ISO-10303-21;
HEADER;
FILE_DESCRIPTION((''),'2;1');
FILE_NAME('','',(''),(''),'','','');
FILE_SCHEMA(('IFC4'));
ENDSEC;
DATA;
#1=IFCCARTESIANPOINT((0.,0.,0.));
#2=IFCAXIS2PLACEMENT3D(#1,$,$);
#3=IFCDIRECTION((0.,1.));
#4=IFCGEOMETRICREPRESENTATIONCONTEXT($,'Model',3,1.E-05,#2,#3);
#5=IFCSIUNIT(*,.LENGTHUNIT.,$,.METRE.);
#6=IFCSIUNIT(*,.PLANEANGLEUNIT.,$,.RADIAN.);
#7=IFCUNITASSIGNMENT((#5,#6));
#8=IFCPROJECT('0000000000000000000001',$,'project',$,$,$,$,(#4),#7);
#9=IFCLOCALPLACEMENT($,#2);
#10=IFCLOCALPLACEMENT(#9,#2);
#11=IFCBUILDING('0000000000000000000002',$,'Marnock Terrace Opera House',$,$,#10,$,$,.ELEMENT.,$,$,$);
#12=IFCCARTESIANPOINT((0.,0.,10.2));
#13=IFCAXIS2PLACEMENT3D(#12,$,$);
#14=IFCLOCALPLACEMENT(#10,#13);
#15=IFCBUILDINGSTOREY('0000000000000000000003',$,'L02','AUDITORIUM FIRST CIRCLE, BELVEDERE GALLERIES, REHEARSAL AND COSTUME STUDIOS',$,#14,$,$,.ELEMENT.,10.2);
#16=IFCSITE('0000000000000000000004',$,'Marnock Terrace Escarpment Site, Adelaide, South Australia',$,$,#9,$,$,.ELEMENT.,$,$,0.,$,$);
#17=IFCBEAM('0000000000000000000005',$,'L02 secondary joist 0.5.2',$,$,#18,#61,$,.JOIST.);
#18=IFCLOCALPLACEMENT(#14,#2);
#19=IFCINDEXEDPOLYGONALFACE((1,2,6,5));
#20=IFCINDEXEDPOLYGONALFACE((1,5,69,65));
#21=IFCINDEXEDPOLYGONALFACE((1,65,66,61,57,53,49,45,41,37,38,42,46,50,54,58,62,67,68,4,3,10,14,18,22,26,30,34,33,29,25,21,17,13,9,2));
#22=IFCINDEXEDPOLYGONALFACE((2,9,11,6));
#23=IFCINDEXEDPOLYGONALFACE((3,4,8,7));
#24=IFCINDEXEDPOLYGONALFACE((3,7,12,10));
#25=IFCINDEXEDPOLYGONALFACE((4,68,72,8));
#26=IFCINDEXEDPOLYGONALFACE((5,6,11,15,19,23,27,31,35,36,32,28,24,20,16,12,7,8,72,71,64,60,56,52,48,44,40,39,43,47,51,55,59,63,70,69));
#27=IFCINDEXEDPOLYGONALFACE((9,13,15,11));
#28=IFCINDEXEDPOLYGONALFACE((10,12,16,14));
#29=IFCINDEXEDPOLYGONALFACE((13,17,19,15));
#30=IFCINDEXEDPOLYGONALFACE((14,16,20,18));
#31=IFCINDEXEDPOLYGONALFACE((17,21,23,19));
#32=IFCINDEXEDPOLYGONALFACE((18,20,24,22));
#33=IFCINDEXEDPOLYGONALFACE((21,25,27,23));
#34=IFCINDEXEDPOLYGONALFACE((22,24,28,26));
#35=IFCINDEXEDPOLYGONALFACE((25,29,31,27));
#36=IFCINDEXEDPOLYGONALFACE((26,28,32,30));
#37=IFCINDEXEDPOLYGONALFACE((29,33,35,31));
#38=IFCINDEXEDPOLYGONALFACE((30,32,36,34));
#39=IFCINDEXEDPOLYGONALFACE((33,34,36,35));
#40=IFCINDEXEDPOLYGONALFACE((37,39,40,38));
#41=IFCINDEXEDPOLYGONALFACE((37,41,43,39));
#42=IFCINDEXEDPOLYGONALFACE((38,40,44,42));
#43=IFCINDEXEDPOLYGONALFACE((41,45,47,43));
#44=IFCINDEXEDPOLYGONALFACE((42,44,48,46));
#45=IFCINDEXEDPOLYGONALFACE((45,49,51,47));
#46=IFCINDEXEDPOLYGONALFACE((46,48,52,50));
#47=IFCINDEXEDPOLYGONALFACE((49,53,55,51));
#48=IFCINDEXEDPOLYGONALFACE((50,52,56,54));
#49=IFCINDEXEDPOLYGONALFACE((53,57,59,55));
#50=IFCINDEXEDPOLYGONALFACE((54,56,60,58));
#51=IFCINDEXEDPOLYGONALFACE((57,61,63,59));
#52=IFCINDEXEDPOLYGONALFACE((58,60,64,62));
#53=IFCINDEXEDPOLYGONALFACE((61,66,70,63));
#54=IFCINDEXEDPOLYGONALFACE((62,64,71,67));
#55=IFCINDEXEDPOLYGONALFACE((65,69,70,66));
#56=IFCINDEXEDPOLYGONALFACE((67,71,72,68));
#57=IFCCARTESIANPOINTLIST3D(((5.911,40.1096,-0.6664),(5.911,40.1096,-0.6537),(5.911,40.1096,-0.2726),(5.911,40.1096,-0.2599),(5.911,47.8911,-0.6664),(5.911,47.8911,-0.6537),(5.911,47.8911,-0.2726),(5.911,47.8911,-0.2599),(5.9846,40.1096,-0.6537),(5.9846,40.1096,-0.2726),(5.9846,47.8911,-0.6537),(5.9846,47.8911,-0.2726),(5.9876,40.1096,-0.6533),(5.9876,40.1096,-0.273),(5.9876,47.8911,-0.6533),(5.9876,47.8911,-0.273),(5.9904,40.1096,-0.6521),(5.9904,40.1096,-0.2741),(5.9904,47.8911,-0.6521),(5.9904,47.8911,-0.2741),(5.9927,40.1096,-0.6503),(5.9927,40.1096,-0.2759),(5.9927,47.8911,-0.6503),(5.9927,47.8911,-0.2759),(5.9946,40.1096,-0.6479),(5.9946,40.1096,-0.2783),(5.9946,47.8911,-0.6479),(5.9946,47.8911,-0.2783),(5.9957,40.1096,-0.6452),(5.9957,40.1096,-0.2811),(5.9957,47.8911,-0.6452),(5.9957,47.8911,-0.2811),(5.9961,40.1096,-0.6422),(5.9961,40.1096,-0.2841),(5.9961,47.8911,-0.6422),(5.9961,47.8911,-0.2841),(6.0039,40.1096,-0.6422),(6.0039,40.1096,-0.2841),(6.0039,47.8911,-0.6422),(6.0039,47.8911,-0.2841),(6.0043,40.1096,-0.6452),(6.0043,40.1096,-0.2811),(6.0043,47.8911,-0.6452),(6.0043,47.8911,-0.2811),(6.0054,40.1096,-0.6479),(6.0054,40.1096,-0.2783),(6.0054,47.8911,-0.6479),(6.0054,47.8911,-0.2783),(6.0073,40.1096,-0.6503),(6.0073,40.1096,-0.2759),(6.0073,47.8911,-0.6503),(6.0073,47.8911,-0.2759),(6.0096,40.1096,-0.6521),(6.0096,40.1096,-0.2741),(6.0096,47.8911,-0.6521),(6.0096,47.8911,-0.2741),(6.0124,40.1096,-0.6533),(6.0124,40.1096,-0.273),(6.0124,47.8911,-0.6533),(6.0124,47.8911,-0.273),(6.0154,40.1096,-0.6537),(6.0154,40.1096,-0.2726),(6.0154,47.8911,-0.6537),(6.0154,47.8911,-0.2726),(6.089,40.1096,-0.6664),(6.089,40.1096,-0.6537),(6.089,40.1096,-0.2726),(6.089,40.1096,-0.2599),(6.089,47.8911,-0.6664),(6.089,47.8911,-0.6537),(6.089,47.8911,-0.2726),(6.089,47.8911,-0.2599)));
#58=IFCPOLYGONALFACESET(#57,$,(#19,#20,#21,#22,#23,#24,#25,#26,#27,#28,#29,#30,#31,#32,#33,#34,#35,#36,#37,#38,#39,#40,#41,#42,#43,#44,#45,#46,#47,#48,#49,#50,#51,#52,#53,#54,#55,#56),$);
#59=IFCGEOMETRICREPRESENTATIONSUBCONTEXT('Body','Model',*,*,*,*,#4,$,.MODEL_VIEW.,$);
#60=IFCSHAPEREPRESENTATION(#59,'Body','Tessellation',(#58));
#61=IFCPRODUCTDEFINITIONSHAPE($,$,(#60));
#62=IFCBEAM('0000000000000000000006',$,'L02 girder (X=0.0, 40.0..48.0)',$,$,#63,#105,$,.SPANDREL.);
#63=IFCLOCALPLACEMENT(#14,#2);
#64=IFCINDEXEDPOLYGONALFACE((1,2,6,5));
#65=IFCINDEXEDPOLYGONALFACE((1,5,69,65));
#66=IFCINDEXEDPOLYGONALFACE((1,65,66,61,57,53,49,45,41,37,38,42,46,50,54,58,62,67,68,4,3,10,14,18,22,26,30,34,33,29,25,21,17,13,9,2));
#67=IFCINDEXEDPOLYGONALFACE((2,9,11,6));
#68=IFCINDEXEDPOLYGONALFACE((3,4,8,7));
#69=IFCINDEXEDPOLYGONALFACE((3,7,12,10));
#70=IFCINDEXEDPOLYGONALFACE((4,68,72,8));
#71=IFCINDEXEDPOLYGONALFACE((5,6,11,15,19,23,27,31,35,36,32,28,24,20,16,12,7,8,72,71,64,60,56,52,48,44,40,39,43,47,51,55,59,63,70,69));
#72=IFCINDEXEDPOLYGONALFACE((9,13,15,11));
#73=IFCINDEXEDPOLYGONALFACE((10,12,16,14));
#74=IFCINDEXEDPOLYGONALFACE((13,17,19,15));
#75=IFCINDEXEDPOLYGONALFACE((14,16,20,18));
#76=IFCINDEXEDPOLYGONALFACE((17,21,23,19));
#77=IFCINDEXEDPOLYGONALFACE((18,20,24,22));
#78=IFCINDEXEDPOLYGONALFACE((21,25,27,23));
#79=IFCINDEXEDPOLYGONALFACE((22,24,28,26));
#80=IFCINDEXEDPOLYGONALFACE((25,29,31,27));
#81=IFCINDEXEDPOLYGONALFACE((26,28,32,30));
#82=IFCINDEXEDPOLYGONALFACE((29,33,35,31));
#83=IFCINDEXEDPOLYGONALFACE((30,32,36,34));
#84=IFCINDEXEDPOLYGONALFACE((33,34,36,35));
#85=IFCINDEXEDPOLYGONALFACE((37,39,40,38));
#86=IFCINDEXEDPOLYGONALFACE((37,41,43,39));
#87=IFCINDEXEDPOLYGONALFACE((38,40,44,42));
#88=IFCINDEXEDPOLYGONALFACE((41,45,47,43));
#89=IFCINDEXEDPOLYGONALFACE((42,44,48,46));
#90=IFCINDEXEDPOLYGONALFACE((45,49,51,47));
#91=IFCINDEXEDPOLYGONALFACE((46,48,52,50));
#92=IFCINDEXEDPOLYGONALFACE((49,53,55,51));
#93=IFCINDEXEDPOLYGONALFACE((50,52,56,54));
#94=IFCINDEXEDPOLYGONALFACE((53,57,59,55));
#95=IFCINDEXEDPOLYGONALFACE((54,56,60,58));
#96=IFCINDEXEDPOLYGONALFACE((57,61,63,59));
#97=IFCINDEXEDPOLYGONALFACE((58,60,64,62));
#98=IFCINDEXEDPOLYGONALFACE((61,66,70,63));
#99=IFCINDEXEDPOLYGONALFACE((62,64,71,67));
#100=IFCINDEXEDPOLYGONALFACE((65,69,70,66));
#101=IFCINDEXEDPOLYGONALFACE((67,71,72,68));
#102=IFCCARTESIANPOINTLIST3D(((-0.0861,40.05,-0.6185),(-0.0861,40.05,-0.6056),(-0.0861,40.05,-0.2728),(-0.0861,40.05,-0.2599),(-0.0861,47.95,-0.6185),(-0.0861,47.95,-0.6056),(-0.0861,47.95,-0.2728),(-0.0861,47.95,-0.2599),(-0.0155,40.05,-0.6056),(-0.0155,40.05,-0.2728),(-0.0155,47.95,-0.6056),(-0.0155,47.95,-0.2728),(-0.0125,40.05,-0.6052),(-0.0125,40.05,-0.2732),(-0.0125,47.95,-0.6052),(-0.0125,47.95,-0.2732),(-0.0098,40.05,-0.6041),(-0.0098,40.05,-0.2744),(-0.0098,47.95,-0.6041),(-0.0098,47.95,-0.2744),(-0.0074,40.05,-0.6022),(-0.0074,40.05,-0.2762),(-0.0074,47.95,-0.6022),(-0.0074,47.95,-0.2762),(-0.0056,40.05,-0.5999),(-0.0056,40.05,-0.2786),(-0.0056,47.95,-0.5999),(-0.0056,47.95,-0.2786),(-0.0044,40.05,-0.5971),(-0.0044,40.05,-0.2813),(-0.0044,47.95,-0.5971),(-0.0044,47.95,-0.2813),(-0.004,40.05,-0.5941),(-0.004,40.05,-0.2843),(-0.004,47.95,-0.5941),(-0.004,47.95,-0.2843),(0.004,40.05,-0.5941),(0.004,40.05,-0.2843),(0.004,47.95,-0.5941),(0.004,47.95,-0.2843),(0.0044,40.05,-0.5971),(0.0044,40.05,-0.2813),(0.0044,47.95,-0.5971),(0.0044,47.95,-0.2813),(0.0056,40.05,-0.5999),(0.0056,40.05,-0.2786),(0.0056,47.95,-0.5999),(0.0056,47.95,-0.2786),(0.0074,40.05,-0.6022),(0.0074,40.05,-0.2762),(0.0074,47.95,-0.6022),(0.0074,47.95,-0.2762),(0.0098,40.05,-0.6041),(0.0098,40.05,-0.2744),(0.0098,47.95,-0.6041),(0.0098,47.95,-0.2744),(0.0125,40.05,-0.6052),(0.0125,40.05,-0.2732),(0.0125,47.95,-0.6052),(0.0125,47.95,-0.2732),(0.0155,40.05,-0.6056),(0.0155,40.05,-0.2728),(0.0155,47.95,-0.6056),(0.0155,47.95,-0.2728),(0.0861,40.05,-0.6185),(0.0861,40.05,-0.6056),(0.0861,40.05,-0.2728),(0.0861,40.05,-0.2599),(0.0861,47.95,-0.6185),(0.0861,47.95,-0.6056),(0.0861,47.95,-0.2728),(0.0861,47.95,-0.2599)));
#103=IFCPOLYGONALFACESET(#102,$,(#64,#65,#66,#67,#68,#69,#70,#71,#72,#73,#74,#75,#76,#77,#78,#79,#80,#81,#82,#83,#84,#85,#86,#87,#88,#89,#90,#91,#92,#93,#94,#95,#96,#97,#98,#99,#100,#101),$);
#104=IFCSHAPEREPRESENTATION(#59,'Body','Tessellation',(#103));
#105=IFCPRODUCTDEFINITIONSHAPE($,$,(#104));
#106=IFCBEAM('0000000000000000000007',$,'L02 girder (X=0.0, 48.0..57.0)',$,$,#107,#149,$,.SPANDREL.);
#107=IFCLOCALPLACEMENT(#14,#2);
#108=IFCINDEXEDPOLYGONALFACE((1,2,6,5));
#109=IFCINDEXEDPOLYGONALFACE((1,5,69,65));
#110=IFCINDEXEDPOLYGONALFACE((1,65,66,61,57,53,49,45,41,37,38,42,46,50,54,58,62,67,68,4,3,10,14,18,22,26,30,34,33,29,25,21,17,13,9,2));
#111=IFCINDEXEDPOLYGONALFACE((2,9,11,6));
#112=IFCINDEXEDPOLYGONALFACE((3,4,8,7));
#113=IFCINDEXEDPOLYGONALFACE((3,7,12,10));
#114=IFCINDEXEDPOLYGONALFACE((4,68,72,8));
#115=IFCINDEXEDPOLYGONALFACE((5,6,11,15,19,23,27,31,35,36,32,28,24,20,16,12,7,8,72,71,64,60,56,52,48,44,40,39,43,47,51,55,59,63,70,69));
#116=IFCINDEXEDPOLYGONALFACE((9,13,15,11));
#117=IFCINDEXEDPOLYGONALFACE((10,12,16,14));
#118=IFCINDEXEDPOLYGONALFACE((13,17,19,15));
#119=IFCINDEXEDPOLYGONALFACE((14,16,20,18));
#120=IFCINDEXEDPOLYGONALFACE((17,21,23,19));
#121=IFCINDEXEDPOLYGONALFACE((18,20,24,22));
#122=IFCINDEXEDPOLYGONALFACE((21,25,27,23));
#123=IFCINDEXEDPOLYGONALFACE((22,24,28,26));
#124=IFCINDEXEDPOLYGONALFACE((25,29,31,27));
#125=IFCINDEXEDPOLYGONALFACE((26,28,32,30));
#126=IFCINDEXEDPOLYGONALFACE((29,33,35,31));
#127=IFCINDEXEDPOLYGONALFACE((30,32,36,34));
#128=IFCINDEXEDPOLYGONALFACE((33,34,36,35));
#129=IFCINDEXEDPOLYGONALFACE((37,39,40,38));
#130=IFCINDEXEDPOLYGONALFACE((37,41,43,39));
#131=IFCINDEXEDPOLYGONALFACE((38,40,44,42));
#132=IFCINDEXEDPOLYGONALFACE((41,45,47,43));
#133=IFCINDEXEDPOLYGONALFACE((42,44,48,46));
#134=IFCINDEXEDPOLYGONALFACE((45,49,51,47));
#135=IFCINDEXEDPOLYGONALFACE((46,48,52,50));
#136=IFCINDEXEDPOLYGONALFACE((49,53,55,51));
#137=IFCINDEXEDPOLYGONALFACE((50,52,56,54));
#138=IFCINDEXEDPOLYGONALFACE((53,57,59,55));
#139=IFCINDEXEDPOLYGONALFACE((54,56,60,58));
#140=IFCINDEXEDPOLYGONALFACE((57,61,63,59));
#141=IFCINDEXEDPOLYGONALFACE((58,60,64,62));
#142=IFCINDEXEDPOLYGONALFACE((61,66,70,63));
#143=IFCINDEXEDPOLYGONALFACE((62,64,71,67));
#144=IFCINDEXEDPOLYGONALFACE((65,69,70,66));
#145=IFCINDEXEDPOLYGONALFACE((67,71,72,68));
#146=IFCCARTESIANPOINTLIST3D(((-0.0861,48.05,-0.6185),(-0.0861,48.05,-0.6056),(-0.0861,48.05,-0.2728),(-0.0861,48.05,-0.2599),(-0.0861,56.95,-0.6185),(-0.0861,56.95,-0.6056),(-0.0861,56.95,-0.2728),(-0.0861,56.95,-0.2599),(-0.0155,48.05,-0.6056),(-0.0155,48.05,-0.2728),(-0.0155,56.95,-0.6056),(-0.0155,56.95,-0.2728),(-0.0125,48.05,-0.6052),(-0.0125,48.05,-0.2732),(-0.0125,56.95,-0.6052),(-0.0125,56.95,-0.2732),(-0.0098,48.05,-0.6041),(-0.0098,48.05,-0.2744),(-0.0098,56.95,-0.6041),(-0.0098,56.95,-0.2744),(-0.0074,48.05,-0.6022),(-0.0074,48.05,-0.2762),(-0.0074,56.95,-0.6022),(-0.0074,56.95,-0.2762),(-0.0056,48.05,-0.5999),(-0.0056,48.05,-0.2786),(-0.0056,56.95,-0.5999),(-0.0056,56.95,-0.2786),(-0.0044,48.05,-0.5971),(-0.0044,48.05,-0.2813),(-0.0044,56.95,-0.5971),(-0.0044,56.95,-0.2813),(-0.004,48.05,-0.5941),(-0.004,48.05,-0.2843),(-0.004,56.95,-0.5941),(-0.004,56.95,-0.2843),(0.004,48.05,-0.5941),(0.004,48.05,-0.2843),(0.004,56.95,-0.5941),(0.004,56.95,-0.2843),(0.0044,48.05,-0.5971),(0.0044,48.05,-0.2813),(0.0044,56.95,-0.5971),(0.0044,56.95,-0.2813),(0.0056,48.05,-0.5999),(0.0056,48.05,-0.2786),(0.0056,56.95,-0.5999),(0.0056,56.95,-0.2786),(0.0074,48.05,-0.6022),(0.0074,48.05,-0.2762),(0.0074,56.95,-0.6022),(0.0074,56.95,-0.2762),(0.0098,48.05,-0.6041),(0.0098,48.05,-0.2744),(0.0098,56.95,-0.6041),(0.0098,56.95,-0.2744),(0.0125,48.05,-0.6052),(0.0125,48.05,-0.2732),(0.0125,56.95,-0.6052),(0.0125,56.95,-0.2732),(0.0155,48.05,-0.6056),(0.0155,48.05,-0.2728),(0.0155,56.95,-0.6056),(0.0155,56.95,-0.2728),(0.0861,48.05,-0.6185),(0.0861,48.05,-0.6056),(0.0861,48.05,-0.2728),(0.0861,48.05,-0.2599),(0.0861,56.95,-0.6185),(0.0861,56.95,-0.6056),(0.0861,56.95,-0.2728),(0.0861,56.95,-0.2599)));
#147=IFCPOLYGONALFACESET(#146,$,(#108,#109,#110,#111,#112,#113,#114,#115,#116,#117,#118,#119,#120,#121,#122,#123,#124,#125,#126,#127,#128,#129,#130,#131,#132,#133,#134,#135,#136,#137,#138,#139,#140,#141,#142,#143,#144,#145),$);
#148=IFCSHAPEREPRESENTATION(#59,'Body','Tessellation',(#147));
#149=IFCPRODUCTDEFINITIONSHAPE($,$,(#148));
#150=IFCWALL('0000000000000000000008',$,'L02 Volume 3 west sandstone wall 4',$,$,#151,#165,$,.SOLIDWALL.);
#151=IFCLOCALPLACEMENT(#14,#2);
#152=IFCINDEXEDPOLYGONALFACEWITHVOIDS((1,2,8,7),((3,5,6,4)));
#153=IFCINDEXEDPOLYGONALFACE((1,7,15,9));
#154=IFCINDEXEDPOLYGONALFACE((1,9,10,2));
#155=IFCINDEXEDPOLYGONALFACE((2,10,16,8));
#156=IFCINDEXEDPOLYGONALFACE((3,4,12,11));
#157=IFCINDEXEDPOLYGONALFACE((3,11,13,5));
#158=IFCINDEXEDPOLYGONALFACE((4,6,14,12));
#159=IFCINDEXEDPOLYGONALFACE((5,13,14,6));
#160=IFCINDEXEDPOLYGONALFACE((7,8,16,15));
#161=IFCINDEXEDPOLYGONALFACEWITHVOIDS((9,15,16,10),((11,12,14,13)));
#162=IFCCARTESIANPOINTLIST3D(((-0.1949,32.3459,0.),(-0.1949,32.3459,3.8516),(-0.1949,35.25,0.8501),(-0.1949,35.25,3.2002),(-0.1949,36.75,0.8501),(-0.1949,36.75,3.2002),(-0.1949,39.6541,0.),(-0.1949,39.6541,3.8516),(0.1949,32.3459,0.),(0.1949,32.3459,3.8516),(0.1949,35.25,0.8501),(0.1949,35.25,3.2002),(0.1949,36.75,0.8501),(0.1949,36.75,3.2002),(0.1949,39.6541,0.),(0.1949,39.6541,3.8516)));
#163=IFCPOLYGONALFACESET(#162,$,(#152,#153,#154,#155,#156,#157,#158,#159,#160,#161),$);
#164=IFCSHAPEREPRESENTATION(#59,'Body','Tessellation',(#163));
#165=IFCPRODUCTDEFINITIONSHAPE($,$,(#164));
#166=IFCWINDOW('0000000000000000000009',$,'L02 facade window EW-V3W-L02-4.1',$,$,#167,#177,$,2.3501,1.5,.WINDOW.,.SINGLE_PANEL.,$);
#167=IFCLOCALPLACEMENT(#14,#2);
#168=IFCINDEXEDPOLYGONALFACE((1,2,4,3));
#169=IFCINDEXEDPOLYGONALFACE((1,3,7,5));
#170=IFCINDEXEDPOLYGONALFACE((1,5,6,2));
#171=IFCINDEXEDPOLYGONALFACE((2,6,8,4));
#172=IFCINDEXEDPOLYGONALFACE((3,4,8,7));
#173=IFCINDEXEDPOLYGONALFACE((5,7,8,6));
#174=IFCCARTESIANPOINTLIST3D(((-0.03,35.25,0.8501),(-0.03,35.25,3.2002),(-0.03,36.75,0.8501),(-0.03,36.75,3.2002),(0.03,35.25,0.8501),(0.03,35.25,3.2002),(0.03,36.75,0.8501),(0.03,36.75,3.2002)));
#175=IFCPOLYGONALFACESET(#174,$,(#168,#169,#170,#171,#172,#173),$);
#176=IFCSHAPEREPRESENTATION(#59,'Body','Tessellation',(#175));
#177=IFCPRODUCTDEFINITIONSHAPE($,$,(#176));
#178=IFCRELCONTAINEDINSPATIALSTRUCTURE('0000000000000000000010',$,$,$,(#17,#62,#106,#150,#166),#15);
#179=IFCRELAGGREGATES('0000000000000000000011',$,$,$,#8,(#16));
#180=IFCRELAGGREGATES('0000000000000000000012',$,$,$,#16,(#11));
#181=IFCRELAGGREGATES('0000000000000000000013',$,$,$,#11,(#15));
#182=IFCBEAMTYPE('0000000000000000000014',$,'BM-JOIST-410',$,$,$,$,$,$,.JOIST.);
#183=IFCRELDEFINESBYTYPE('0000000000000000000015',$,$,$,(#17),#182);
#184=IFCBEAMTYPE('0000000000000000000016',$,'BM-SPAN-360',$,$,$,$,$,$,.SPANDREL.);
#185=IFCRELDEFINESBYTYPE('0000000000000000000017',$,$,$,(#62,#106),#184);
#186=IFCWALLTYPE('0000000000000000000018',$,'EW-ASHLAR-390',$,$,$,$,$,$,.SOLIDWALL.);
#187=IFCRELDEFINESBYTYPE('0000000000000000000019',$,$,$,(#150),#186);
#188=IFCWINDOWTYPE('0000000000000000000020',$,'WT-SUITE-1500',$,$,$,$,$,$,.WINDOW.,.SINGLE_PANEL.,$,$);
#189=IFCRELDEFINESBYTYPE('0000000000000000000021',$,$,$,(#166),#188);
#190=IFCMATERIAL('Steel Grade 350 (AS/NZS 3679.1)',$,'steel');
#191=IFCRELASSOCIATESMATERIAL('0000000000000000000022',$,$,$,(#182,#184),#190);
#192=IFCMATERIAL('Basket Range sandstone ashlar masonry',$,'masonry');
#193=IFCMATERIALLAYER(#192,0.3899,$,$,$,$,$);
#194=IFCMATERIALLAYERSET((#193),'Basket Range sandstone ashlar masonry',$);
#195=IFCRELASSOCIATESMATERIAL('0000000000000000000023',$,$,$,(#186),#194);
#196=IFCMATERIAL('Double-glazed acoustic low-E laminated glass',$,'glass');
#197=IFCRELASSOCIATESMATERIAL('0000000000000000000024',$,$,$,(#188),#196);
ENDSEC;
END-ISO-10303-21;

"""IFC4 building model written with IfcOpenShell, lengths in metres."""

from ifc_helpers import new_model, si_unit, direction, frame, frame_2d, origin, origin_2d, place, context, subcontext, project, spatial, rectangle, i_section, extrude, material, layer, layer_set, material_profile, profile_set, type_object, element, fill, save


model = new_model("IFC4")

# Units and contexts
model_context = context("Model", 3, precision=1e-05, world=origin(), true_north=direction((0.0, 1.0)))
body_context = subcontext(model_context, "Body", "Model", "MODEL_VIEW")
ifc_project = project(units=[si_unit("LENGTHUNIT", "METRE"), si_unit("PLANEANGLEUNIT", "RADIAN")], contexts=[model_context])

# Site, building, storey
site_placement = place(None, origin())
site = spatial("IfcSite", under=ifc_project, at=site_placement, Name="Marnock Terrace Escarpment Site, Adelaide, South Australia", CompositionType="ELEMENT", RefElevation=0.0)
building_placement = place(site_placement, origin())
building = spatial("IfcBuilding", under=site, at=building_placement, Name="Marnock Terrace Opera House", CompositionType="ELEMENT")
storey_placement = place(building_placement, frame((0.0, 0.0, 10.2)))
storey = spatial("IfcBuildingStorey", under=building, at=storey_placement, Name="L02", Description="AUDITORIUM FIRST CIRCLE, BELVEDERE GALLERIES, REHEARSAL AND COSTUME STUDIOS", CompositionType="ELEMENT", Elevation=10.2)

# Beams
ifc_material_1 = material(Name="Steel Grade 350 (AS/NZS 3679.1)", Category="steel")
ifc_material_profile_1 = material_profile(ifc_material_1, i_section(OverallWidth=0.178, OverallDepth=0.4065, WebThickness=0.0078, FlangeThickness=0.0127, FilletRadius=0.0115, at=origin_2d()))
ifc_profile_set_1 = profile_set([ifc_material_profile_1], Name="Steel Grade 350 (AS/NZS 3679.1)")
beam_type_1 = type_object("IfcBeamType", Name="BM-JOIST-410", PredefinedType="JOIST", material=ifc_profile_set_1)
for number, where, z_axis, x_axis, name in (
    (1, (6.0, 40.1096, -0.4631), (0.0, 1.0, 0.0), (-1.0, 0.0, 0.0), "L02 secondary joist 0.5.2"),
):
    element("IfcBeam", number, at=place(storey_placement, frame(where, z_axis=z_axis, x_axis=x_axis)), inside=storey, type_object=beam_type_1, Name=name, PredefinedType="JOIST", context=body_context, shape_type="SweptSolid", body=[
        extrude(i_section(OverallWidth=0.178, OverallDepth=0.4065, WebThickness=0.0078, FlangeThickness=0.0127, FilletRadius=0.0115, at=origin_2d()), origin(), (0.0, 0.0, 1.0), 7.7815),
    ])
ifc_material_profile_2 = material_profile(ifc_material_1, i_section(OverallWidth=0.1721, OverallDepth=0.3586, WebThickness=0.0081, FlangeThickness=0.0129, FilletRadius=0.0115, at=origin_2d()))
ifc_profile_set_2 = profile_set([ifc_material_profile_2], Name="Steel Grade 350 (AS/NZS 3679.1)")
beam_type_2 = type_object("IfcBeamType", Name="BM-SPAN-360", PredefinedType="SPANDREL", material=ifc_profile_set_2)
beam_1_placement = place(storey_placement, frame((0.0, 40.05, -0.4392), z_axis=(0.0, 1.0, 0.0), x_axis=(-1.0, 0.0, 0.0)))
element("IfcBeam", 2, at=beam_1_placement, inside=storey, type_object=beam_type_2, Name="L02 girder (X=0.0, 40.0..48.0)", PredefinedType="SPANDREL", context=body_context, shape_type="SweptSolid", body=[
    extrude(i_section(OverallWidth=0.1721, OverallDepth=0.3586, WebThickness=0.0081, FlangeThickness=0.0129, FilletRadius=0.0115, at=origin_2d()), origin(), (0.0, 0.0, 1.0), 7.8999),
])
beam_2_placement = place(storey_placement, frame((0.0, 48.05, -0.4392), z_axis=(0.0, 1.0, 0.0), x_axis=(-1.0, 0.0, 0.0)))
element("IfcBeam", 3, at=beam_2_placement, inside=storey, type_object=beam_type_2, Name="L02 girder (X=0.0, 48.0..57.0)", PredefinedType="SPANDREL", context=body_context, shape_type="SweptSolid", body=[
    extrude(i_section(OverallWidth=0.1721, OverallDepth=0.3586, WebThickness=0.0081, FlangeThickness=0.0129, FilletRadius=0.0115, at=origin_2d()), origin(), (0.0, 0.0, 1.0), 8.8999),
])

# Wall, opening, window
ifc_material_2 = material(Name="Basket Range sandstone ashlar masonry", Category="masonry")
ifc_layer_1 = layer(ifc_material_2, 0.3899)
ifc_layer_set_1 = layer_set([ifc_layer_1], Name="Basket Range sandstone ashlar masonry")
wall_type_1 = type_object("IfcWallType", Name="EW-ASHLAR-390", PredefinedType="SOLIDWALL", material=ifc_layer_set_1)
wall_1_placement = place(storey_placement, frame((0.0, 32.3459, 0.0), z_axis=(0.0, 0.0, 1.0), x_axis=(0.0, 1.0, 0.0)))
wall_1 = element("IfcWall", 4, at=wall_1_placement, inside=storey, type_object=wall_type_1, Name="L02 Volume 3 west sandstone wall 4", PredefinedType="SOLIDWALL", context=body_context, shape_type="SweptSolid", body=[
    extrude(rectangle(XDim=7.3081, YDim=0.3899, at=frame_2d((3.6541, 0.0))), origin(), (0.0, 0.0, 1.0), 3.8516),
])
opening_1_placement = place(wall_1_placement, frame((2.9041, 0.0, 0.8501)))
opening_1 = element("IfcOpeningElement", 5, at=opening_1_placement, cuts=wall_1, PredefinedType="OPENING", context=body_context, shape_type="SweptSolid", body=[
    extrude(rectangle(XDim=1.5, YDim=2.3501, at=frame_2d((0.75, 1.175))), frame((0.0, 0.2048, 0.0), z_axis=(0.0, -1.0, 0.0), x_axis=(1.0, 0.0, 0.0)), (0.0, 0.0, 1.0), 0.4099),
])
ifc_material_3 = material(Name="Double-glazed acoustic low-E laminated glass", Category="glass")
window_type = type_object("IfcWindowType", Name="WT-SUITE-1500", PartitioningType="SINGLE_PANEL", PredefinedType="WINDOW", material=ifc_material_3)
window_1_placement = place(opening_1_placement, origin())
window_1 = element("IfcWindow", 6, at=window_1_placement, inside=storey, type_object=window_type, Name="L02 facade window EW-V3W-L02-4.1", OverallHeight=2.3501, OverallWidth=1.5, PartitioningType="SINGLE_PANEL", PredefinedType="WINDOW", context=body_context, shape_type="SweptSolid", body=[
    extrude(rectangle(XDim=1.5, YDim=2.3501, at=frame_2d((0.75, 1.175))), frame((0.0, 0.03, 0.0), z_axis=(0.0, -1.0, 0.0), x_axis=(1.0, 0.0, 0.0)), (0.0, 0.0, 1.0), 0.0601),
])
fill(opening_1, window_1)

save(model, "model.ifc")
